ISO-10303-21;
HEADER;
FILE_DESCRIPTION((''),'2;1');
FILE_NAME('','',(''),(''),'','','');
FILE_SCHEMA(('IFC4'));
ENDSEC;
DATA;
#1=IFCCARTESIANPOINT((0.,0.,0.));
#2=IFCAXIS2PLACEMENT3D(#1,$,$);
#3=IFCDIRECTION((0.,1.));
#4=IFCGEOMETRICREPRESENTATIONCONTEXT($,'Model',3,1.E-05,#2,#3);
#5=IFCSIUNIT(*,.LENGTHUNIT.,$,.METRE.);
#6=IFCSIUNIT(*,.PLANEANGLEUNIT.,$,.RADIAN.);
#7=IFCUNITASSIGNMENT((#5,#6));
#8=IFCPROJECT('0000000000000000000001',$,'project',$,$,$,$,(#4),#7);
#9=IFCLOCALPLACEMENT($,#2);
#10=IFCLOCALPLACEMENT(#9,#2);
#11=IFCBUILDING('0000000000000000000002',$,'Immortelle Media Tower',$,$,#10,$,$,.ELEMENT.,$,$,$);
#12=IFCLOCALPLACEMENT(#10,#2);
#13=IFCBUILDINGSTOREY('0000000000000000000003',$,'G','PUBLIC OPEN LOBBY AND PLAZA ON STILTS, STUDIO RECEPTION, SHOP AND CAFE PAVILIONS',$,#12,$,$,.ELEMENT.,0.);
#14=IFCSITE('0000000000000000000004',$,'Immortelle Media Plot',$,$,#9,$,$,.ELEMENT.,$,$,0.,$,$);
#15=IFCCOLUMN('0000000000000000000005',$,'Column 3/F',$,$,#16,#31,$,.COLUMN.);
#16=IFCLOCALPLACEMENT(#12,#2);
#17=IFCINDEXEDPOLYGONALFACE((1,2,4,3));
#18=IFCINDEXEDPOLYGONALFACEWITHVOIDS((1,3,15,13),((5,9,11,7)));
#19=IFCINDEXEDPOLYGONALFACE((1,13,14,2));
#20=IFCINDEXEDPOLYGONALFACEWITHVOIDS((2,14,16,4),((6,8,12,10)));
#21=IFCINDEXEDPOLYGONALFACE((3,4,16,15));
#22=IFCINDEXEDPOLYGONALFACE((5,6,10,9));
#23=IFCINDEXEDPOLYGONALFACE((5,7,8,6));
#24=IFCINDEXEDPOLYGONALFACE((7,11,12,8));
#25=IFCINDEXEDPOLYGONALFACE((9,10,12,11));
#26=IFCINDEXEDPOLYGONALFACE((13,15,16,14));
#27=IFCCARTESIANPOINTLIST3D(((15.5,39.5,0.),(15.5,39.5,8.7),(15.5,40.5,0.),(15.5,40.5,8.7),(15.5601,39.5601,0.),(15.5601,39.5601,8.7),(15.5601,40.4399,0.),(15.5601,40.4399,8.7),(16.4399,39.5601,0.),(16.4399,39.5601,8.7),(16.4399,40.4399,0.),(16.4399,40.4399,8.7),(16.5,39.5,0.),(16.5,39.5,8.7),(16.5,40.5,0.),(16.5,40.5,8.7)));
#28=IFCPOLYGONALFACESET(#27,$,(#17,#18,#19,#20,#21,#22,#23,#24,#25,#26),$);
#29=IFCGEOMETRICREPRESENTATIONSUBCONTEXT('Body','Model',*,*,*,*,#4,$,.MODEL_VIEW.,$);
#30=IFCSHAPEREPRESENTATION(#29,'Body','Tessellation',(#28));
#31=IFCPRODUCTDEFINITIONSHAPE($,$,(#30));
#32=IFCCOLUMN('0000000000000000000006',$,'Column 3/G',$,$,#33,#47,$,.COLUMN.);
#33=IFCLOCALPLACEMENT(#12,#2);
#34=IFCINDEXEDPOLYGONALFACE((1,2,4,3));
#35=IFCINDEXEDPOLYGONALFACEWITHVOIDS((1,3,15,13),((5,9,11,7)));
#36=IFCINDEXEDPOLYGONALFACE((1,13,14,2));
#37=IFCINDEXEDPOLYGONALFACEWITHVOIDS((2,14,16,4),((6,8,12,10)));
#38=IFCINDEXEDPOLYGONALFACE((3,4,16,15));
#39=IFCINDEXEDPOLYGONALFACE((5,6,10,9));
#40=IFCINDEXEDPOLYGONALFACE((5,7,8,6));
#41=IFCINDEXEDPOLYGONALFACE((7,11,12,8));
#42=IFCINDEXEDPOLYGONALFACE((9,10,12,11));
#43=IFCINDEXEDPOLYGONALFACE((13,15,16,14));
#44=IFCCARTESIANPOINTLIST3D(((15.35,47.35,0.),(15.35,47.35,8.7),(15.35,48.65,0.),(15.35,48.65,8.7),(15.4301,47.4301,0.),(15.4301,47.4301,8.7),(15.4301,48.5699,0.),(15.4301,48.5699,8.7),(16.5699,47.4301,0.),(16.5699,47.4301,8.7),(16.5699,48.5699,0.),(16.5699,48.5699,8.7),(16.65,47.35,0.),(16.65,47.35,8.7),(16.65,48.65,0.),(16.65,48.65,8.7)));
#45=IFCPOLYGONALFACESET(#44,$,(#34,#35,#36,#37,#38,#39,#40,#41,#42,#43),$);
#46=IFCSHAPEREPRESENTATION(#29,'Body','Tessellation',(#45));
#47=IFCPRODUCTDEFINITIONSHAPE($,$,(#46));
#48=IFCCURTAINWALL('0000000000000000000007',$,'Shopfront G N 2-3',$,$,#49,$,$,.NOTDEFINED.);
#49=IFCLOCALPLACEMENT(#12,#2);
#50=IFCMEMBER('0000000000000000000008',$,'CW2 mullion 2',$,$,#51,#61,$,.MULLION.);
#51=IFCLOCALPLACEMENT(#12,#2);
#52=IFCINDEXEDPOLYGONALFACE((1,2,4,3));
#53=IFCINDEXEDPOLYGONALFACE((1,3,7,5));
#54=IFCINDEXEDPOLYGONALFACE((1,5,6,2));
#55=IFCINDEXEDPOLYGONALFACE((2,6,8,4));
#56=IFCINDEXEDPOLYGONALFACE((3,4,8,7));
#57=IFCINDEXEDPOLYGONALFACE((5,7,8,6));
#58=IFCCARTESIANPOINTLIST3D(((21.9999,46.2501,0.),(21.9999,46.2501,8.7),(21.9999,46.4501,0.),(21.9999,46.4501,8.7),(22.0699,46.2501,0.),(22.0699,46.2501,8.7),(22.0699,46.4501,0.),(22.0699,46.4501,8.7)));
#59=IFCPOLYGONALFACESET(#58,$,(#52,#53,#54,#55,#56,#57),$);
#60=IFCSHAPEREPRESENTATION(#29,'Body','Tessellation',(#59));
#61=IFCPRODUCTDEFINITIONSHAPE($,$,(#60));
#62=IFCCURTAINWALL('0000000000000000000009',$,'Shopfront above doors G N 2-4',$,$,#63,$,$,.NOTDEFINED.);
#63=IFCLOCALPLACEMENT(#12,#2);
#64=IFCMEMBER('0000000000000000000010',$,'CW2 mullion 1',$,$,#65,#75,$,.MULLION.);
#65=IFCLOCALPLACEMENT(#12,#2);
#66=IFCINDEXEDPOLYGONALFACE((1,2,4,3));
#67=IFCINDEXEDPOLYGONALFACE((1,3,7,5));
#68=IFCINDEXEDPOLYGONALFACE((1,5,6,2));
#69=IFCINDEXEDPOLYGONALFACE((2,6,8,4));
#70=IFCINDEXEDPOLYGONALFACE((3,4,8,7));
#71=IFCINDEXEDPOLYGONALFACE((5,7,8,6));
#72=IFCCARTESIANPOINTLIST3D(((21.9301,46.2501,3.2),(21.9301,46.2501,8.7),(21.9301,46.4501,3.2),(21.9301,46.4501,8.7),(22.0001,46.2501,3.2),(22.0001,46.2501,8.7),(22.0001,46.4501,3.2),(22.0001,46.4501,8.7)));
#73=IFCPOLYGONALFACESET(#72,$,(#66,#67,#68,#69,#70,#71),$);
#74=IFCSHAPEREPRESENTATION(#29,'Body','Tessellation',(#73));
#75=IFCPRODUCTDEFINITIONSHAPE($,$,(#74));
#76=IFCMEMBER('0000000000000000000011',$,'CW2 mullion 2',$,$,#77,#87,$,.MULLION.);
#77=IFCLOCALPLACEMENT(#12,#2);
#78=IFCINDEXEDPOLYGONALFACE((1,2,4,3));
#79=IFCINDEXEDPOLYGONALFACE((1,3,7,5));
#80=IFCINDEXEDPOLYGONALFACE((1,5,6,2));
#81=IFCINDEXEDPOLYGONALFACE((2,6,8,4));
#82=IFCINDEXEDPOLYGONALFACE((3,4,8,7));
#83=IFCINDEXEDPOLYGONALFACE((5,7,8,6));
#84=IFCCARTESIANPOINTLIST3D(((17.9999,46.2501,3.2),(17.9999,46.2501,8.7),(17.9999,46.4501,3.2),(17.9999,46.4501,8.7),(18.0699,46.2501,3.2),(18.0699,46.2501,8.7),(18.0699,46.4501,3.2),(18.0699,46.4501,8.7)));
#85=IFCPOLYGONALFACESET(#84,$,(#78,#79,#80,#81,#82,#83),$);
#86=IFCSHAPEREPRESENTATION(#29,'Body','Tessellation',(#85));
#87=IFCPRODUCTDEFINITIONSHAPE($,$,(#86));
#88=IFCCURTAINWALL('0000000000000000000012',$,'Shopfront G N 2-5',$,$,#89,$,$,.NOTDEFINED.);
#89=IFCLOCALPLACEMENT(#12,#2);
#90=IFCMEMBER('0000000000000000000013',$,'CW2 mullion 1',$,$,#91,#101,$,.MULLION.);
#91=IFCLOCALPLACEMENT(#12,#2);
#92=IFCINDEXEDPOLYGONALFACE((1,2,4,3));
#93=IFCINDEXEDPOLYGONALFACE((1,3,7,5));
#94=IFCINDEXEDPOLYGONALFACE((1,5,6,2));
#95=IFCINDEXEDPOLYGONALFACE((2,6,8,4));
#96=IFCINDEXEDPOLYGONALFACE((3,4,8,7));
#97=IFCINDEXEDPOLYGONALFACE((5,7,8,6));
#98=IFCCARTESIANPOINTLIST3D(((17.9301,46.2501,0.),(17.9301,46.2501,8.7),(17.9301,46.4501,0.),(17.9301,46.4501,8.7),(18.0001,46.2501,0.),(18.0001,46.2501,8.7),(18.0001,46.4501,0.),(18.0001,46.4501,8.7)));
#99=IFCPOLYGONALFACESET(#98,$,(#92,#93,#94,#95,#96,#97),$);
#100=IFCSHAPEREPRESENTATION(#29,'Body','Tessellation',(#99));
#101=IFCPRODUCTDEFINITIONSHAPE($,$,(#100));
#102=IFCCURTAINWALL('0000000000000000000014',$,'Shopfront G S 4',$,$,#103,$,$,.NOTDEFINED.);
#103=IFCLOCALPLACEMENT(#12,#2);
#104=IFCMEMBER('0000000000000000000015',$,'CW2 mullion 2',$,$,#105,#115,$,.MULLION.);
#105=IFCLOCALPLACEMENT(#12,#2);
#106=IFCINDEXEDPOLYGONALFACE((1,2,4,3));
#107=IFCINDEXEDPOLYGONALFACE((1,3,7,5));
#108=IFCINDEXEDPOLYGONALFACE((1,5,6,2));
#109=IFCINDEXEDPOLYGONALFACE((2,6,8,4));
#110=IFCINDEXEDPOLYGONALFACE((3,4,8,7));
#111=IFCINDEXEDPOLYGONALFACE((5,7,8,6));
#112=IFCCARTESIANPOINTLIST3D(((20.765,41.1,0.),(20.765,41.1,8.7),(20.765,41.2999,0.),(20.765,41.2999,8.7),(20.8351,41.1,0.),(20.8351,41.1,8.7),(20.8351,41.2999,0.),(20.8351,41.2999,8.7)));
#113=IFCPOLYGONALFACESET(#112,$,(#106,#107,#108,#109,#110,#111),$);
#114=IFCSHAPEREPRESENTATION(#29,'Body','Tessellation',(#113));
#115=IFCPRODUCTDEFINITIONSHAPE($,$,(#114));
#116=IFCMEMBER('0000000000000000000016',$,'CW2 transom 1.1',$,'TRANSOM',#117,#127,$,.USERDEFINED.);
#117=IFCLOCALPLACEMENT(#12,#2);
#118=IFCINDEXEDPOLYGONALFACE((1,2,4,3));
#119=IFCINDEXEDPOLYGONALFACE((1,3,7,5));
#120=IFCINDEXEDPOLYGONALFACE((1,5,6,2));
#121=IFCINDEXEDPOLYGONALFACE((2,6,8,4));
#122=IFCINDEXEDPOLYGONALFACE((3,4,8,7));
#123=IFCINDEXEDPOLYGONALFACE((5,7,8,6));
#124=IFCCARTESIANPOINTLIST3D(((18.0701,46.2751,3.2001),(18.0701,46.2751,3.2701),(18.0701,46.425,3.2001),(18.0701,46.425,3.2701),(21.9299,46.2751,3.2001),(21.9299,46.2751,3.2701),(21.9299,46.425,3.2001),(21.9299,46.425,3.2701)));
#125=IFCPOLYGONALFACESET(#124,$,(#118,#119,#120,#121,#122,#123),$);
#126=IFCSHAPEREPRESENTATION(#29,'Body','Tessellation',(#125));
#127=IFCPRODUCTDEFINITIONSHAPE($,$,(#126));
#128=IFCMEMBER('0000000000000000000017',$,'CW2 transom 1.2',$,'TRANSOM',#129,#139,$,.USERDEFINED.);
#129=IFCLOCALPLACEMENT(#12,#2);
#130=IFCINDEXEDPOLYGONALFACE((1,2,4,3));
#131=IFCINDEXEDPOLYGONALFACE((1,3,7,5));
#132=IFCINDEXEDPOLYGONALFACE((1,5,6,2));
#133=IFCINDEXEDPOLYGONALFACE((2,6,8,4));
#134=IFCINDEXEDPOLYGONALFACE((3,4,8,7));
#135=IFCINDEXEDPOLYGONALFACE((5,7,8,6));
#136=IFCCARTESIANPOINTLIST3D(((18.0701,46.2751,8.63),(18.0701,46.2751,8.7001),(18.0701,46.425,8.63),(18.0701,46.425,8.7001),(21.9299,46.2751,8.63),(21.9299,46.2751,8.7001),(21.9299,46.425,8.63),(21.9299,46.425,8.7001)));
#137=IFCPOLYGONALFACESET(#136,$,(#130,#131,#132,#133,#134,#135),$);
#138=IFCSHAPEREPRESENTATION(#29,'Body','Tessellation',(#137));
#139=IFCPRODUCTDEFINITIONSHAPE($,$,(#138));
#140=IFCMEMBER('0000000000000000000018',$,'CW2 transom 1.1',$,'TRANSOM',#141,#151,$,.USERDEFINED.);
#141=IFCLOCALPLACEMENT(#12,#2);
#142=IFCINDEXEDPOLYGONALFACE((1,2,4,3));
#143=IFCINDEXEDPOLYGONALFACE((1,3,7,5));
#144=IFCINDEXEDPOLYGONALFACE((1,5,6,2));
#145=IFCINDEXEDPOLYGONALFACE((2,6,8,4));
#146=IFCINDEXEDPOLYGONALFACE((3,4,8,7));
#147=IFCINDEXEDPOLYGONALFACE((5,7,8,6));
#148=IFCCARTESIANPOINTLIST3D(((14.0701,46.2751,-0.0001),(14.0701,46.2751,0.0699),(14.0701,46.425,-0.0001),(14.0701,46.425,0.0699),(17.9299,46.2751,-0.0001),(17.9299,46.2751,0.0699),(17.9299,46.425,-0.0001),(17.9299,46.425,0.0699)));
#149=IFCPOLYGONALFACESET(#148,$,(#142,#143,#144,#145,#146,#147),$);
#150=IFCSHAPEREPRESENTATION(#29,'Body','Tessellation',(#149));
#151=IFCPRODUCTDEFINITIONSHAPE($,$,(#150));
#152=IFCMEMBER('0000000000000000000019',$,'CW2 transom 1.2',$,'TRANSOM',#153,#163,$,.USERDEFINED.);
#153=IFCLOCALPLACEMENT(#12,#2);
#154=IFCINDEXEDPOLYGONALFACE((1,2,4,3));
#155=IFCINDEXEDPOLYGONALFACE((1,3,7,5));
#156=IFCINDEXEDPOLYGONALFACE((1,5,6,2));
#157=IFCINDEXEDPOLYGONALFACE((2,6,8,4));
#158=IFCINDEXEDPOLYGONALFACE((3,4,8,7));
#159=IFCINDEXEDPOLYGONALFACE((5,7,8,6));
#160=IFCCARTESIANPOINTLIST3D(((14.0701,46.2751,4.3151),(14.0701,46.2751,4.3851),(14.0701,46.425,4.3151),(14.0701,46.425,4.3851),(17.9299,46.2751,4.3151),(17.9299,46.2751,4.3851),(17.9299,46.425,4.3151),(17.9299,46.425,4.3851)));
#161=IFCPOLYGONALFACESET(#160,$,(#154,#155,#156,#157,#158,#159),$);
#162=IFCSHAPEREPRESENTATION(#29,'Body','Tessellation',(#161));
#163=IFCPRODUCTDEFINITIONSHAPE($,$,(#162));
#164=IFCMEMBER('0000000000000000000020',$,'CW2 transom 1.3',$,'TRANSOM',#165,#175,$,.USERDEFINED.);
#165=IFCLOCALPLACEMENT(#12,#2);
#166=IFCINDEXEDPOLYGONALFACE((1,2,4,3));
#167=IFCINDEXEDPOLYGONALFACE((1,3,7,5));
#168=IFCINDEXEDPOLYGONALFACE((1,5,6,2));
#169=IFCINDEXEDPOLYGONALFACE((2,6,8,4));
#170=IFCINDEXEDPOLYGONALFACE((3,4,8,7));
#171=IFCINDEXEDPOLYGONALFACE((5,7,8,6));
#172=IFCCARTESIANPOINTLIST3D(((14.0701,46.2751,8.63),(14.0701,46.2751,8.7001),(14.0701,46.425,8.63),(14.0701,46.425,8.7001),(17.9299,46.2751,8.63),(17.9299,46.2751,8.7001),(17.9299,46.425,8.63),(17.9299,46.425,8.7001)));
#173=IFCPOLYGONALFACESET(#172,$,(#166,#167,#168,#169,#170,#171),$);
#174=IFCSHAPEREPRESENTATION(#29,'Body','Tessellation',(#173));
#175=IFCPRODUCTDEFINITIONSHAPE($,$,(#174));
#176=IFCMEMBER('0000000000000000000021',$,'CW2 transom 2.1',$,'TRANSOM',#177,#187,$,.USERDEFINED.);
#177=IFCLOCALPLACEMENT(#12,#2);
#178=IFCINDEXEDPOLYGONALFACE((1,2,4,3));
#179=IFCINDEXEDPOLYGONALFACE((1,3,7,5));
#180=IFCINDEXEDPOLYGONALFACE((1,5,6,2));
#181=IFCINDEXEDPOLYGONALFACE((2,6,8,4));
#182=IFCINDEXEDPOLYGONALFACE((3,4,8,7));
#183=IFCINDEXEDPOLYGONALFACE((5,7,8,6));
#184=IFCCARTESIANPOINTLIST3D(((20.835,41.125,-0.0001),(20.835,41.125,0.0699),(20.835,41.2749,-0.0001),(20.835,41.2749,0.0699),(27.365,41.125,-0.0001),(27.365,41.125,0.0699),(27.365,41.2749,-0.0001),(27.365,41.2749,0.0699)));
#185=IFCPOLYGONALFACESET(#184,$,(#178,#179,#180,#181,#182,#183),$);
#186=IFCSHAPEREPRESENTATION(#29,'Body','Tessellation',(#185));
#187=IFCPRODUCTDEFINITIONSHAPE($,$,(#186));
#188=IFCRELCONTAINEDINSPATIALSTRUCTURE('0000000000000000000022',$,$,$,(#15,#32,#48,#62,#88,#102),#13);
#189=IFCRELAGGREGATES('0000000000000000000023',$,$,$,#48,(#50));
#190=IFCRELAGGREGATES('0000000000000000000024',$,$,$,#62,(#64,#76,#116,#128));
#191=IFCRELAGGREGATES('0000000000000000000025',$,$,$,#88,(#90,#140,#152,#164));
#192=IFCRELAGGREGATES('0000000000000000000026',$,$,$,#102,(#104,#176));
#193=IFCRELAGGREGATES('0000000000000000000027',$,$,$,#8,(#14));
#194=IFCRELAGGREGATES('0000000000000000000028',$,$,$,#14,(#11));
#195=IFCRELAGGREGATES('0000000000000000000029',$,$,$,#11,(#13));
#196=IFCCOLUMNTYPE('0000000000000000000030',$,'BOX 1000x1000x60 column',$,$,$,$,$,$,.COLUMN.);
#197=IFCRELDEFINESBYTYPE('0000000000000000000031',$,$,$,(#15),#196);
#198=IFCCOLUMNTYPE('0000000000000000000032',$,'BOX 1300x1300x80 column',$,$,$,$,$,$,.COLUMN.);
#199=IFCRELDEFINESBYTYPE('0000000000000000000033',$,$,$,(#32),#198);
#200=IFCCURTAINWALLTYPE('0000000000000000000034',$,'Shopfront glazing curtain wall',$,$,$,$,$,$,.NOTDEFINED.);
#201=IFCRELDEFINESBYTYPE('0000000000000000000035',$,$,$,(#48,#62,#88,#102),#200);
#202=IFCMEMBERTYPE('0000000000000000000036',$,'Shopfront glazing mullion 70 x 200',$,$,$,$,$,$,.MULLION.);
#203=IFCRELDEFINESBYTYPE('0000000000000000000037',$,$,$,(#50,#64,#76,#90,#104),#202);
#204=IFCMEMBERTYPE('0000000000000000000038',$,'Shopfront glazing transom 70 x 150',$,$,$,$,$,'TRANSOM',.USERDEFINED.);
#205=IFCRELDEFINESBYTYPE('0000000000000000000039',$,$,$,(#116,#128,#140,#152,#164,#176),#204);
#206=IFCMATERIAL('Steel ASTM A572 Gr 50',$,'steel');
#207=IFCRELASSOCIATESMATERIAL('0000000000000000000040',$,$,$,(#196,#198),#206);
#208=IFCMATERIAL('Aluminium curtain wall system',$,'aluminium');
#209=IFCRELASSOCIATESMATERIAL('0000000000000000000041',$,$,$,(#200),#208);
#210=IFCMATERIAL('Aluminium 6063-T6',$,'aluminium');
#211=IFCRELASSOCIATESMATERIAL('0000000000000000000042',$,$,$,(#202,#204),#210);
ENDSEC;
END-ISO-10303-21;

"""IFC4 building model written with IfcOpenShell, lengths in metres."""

from ifc_helpers import new_model, si_unit, direction, frame, origin, origin_2d, place, context, subcontext, project, spatial, rectangle, hollow_rectangle, extrude, material, material_profile, profile_set, type_object, element, aggregate, save


model = new_model("IFC4")

# Units and contexts
model_context = context("Model", 3, precision=1e-05, world=origin(), true_north=direction((0.0, 1.0)))
body_context = subcontext(model_context, "Body", "Model", "MODEL_VIEW")
ifc_project = project(units=[si_unit("LENGTHUNIT", "METRE"), si_unit("PLANEANGLEUNIT", "RADIAN")], contexts=[model_context])

# Site, building, storey
site_placement = place(None, origin())
site = spatial("IfcSite", under=ifc_project, at=site_placement, Name="Immortelle Media Plot", CompositionType="ELEMENT", RefElevation=0.0)
building_placement = place(site_placement, origin())
building = spatial("IfcBuilding", under=site, at=building_placement, Name="Immortelle Media Tower", CompositionType="ELEMENT")
storey_placement = place(building_placement, origin())
storey = spatial("IfcBuildingStorey", under=building, at=storey_placement, Name="G", Description="PUBLIC OPEN LOBBY AND PLAZA ON STILTS, STUDIO RECEPTION, SHOP AND CAFE PAVILIONS", CompositionType="ELEMENT", Elevation=0.0)

# Columns
ifc_material_1 = material(Name="Steel ASTM A572 Gr 50", Category="steel")
ifc_material_profile_1 = material_profile(ifc_material_1, hollow_rectangle(XDim=1.0, YDim=1.0, WallThickness=0.0601, at=origin_2d()), Name="BOX 1000x1000x60 column")
ifc_profile_set_1 = profile_set([ifc_material_profile_1], Name="Steel ASTM A572 Gr 50")
column_type_1 = type_object("IfcColumnType", Name="BOX 1000x1000x60 column", PredefinedType="COLUMN", material=ifc_profile_set_1)
column_1_placement = place(storey_placement, frame((16.0, 40.0, 0.0), z_axis=(0.0, 0.0, 1.0), x_axis=(1.0, 0.0, 0.0)))
element("IfcColumn", 1, at=column_1_placement, inside=storey, type_object=column_type_1, Name="Column 3/F", PredefinedType="COLUMN", context=body_context, shape_type="SweptSolid", body=[
    extrude(hollow_rectangle(XDim=1.0, YDim=1.0, WallThickness=0.0601, at=origin_2d()), origin(), (0.0, 0.0, 1.0), 8.7),
])
ifc_material_profile_2 = material_profile(ifc_material_1, hollow_rectangle(XDim=1.3, YDim=1.3, WallThickness=0.0801, at=origin_2d()), Name="BOX 1300x1300x80 column")
ifc_profile_set_2 = profile_set([ifc_material_profile_2], Name="Steel ASTM A572 Gr 50")
column_type_2 = type_object("IfcColumnType", Name="BOX 1300x1300x80 column", PredefinedType="COLUMN", material=ifc_profile_set_2)
column_2_placement = place(storey_placement, frame((16.0, 48.0, 0.0), z_axis=(0.0, 0.0, 1.0), x_axis=(1.0, 0.0, 0.0)))
element("IfcColumn", 2, at=column_2_placement, inside=storey, type_object=column_type_2, Name="Column 3/G", PredefinedType="COLUMN", context=body_context, shape_type="SweptSolid", body=[
    extrude(hollow_rectangle(XDim=1.3, YDim=1.3, WallThickness=0.0801, at=origin_2d()), origin(), (0.0, 0.0, 1.0), 8.7),
])

# Curtain wall, member
ifc_material_2 = material(Name="Aluminium curtain wall system", Category="aluminium")
curtain_wall_type = type_object("IfcCurtainWallType", Name="Shopfront glazing curtain wall", PredefinedType="NOTDEFINED", material=ifc_material_2)
curtain_wall_1_placement = place(storey_placement, origin())
curtain_wall_1 = element("IfcCurtainWall", 3, at=curtain_wall_1_placement, inside=storey, type_object=curtain_wall_type, Name="Shopfront G N 2-3", PredefinedType="NOTDEFINED")
ifc_material_3 = material(Name="Aluminium 6063-T6", Category="aluminium")
ifc_material_profile_3 = material_profile(ifc_material_3, rectangle(XDim=0.2, YDim=0.0701, at=origin_2d()), Name="AL 70x200")
ifc_profile_set_3 = profile_set([ifc_material_profile_3], Name="Aluminium 6063-T6")
member_type_1 = type_object("IfcMemberType", Name="Shopfront glazing mullion 70 x 200", PredefinedType="MULLION", material=ifc_profile_set_3)
member_1_placement = place(storey_placement, frame((22.0349, 46.3501, 0.0), z_axis=(0.0, 0.0, 1.0), x_axis=(0.0, -1.0, 0.0)))
member_1 = element("IfcMember", 4, at=member_1_placement, type_object=member_type_1, Name="CW2 mullion 2", PredefinedType="MULLION", context=body_context, shape_type="SweptSolid", body=[
    extrude(rectangle(XDim=0.2, YDim=0.0701, at=origin_2d()), origin(), (0.0, 0.0, 1.0), 8.7),
])
aggregate(curtain_wall_1, [member_1])

# Curtain wall, members
curtain_wall_2_placement = place(storey_placement, origin())
curtain_wall_2 = element("IfcCurtainWall", 5, at=curtain_wall_2_placement, inside=storey, type_object=curtain_wall_type, Name="Shopfront above doors G N 2-4", PredefinedType="NOTDEFINED")
member_2_placement = place(storey_placement, frame((21.9651, 46.3501, 3.2), z_axis=(0.0, 0.0, 1.0), x_axis=(0.0, -1.0, 0.0)))
member_2 = element("IfcMember", 6, at=member_2_placement, type_object=member_type_1, Name="CW2 mullion 1", PredefinedType="MULLION", context=body_context, shape_type="SweptSolid", body=[
    extrude(rectangle(XDim=0.2, YDim=0.0701, at=origin_2d()), origin(), (0.0, 0.0, 1.0), 5.5),
])
member_3_placement = place(storey_placement, frame((18.0349, 46.3501, 3.2), z_axis=(0.0, 0.0, 1.0), x_axis=(0.0, -1.0, 0.0)))
member_3 = element("IfcMember", 7, at=member_3_placement, type_object=member_type_1, Name="CW2 mullion 2", PredefinedType="MULLION", context=body_context, shape_type="SweptSolid", body=[
    extrude(rectangle(XDim=0.2, YDim=0.0701, at=origin_2d()), origin(), (0.0, 0.0, 1.0), 5.5),
])

# Curtain walls, members
curtain_wall_3_placement = place(storey_placement, origin())
curtain_wall_3 = element("IfcCurtainWall", 8, at=curtain_wall_3_placement, inside=storey, type_object=curtain_wall_type, Name="Shopfront G N 2-5", PredefinedType="NOTDEFINED")
member_4_placement = place(storey_placement, frame((17.9651, 46.3501, 0.0), z_axis=(0.0, 0.0, 1.0), x_axis=(0.0, -1.0, 0.0)))
member_4 = element("IfcMember", 9, at=member_4_placement, type_object=member_type_1, Name="CW2 mullion 1", PredefinedType="MULLION", context=body_context, shape_type="SweptSolid", body=[
    extrude(rectangle(XDim=0.2, YDim=0.0701, at=origin_2d()), origin(), (0.0, 0.0, 1.0), 8.7),
])
curtain_wall_4_placement = place(storey_placement, origin())
curtain_wall_4 = element("IfcCurtainWall", 10, at=curtain_wall_4_placement, inside=storey, type_object=curtain_wall_type, Name="Shopfront G S 4", PredefinedType="NOTDEFINED")
member_5_placement = place(storey_placement, frame((20.8, 41.2, 0.0), z_axis=(0.0, 0.0, 1.0), x_axis=(0.0, 1.0, 0.0)))
member_5 = element("IfcMember", 11, at=member_5_placement, type_object=member_type_1, Name="CW2 mullion 2", PredefinedType="MULLION", context=body_context, shape_type="SweptSolid", body=[
    extrude(rectangle(XDim=0.2, YDim=0.0701, at=origin_2d()), origin(), (0.0, 0.0, 1.0), 8.7),
])

# Members
ifc_material_profile_4 = material_profile(ifc_material_3, rectangle(XDim=0.1499, YDim=0.0701, at=origin_2d()), Name="AL 70x150")
ifc_profile_set_4 = profile_set([ifc_material_profile_4], Name="Aluminium 6063-T6")
member_type_2 = type_object("IfcMemberType", Name="Shopfront glazing transom 70 x 150", ElementType="TRANSOM", PredefinedType="USERDEFINED", material=ifc_profile_set_4)
member_6_placement = place(storey_placement, frame((21.9299, 46.3501, 3.2351), z_axis=(-1.0, 0.0, 0.0), x_axis=(0.0, -1.0, 0.0)))
member_6 = element("IfcMember", 12, at=member_6_placement, type_object=member_type_2, Name="CW2 transom 1.1", ObjectType="TRANSOM", PredefinedType="USERDEFINED", context=body_context, shape_type="SweptSolid", body=[
    extrude(rectangle(XDim=0.1499, YDim=0.0701, at=origin_2d()), origin(), (0.0, 0.0, 1.0), 3.8599),
])
member_7_placement = place(storey_placement, frame((21.9299, 46.3501, 8.665), z_axis=(-1.0, 0.0, 0.0), x_axis=(0.0, -1.0, 0.0)))
member_7 = element("IfcMember", 13, at=member_7_placement, type_object=member_type_2, Name="CW2 transom 1.2", ObjectType="TRANSOM", PredefinedType="USERDEFINED", context=body_context, shape_type="SweptSolid", body=[
    extrude(rectangle(XDim=0.1499, YDim=0.0701, at=origin_2d()), origin(), (0.0, 0.0, 1.0), 3.8599),
])
member_8_placement = place(storey_placement, frame((17.9299, 46.3501, 0.0349), z_axis=(-1.0, 0.0, 0.0), x_axis=(0.0, -1.0, 0.0)))
member_8 = element("IfcMember", 14, at=member_8_placement, type_object=member_type_2, Name="CW2 transom 1.1", ObjectType="TRANSOM", PredefinedType="USERDEFINED", context=body_context, shape_type="SweptSolid", body=[
    extrude(rectangle(XDim=0.1499, YDim=0.0701, at=origin_2d()), origin(), (0.0, 0.0, 1.0), 3.8599),
])
member_9_placement = place(storey_placement, frame((17.9299, 46.3501, 4.3501), z_axis=(-1.0, 0.0, 0.0), x_axis=(0.0, -1.0, 0.0)))
member_9 = element("IfcMember", 15, at=member_9_placement, type_object=member_type_2, Name="CW2 transom 1.2", ObjectType="TRANSOM", PredefinedType="USERDEFINED", context=body_context, shape_type="SweptSolid", body=[
    extrude(rectangle(XDim=0.1499, YDim=0.0701, at=origin_2d()), origin(), (0.0, 0.0, 1.0), 3.8599),
])
member_10_placement = place(storey_placement, frame((17.9299, 46.3501, 8.665), z_axis=(-1.0, 0.0, 0.0), x_axis=(0.0, -1.0, 0.0)))
member_10 = element("IfcMember", 16, at=member_10_placement, type_object=member_type_2, Name="CW2 transom 1.3", ObjectType="TRANSOM", PredefinedType="USERDEFINED", context=body_context, shape_type="SweptSolid", body=[
    extrude(rectangle(XDim=0.1499, YDim=0.0701, at=origin_2d()), origin(), (0.0, 0.0, 1.0), 3.8599),
])
member_11_placement = place(storey_placement, frame((20.835, 41.2, 0.0349), z_axis=(1.0, 0.0, 0.0), x_axis=(0.0, 1.0, 0.0)))
member_11 = element("IfcMember", 17, at=member_11_placement, type_object=member_type_2, Name="CW2 transom 2.1", ObjectType="TRANSOM", PredefinedType="USERDEFINED", context=body_context, shape_type="SweptSolid", body=[
    extrude(rectangle(XDim=0.1499, YDim=0.0701, at=origin_2d()), origin(), (0.0, 0.0, 1.0), 6.53),
])

aggregate(curtain_wall_2, [member_2, member_3, member_6, member_7])
aggregate(curtain_wall_3, [member_4, member_8, member_9, member_10])
aggregate(curtain_wall_4, [member_5, member_11])

save(model, "model.ifc")
